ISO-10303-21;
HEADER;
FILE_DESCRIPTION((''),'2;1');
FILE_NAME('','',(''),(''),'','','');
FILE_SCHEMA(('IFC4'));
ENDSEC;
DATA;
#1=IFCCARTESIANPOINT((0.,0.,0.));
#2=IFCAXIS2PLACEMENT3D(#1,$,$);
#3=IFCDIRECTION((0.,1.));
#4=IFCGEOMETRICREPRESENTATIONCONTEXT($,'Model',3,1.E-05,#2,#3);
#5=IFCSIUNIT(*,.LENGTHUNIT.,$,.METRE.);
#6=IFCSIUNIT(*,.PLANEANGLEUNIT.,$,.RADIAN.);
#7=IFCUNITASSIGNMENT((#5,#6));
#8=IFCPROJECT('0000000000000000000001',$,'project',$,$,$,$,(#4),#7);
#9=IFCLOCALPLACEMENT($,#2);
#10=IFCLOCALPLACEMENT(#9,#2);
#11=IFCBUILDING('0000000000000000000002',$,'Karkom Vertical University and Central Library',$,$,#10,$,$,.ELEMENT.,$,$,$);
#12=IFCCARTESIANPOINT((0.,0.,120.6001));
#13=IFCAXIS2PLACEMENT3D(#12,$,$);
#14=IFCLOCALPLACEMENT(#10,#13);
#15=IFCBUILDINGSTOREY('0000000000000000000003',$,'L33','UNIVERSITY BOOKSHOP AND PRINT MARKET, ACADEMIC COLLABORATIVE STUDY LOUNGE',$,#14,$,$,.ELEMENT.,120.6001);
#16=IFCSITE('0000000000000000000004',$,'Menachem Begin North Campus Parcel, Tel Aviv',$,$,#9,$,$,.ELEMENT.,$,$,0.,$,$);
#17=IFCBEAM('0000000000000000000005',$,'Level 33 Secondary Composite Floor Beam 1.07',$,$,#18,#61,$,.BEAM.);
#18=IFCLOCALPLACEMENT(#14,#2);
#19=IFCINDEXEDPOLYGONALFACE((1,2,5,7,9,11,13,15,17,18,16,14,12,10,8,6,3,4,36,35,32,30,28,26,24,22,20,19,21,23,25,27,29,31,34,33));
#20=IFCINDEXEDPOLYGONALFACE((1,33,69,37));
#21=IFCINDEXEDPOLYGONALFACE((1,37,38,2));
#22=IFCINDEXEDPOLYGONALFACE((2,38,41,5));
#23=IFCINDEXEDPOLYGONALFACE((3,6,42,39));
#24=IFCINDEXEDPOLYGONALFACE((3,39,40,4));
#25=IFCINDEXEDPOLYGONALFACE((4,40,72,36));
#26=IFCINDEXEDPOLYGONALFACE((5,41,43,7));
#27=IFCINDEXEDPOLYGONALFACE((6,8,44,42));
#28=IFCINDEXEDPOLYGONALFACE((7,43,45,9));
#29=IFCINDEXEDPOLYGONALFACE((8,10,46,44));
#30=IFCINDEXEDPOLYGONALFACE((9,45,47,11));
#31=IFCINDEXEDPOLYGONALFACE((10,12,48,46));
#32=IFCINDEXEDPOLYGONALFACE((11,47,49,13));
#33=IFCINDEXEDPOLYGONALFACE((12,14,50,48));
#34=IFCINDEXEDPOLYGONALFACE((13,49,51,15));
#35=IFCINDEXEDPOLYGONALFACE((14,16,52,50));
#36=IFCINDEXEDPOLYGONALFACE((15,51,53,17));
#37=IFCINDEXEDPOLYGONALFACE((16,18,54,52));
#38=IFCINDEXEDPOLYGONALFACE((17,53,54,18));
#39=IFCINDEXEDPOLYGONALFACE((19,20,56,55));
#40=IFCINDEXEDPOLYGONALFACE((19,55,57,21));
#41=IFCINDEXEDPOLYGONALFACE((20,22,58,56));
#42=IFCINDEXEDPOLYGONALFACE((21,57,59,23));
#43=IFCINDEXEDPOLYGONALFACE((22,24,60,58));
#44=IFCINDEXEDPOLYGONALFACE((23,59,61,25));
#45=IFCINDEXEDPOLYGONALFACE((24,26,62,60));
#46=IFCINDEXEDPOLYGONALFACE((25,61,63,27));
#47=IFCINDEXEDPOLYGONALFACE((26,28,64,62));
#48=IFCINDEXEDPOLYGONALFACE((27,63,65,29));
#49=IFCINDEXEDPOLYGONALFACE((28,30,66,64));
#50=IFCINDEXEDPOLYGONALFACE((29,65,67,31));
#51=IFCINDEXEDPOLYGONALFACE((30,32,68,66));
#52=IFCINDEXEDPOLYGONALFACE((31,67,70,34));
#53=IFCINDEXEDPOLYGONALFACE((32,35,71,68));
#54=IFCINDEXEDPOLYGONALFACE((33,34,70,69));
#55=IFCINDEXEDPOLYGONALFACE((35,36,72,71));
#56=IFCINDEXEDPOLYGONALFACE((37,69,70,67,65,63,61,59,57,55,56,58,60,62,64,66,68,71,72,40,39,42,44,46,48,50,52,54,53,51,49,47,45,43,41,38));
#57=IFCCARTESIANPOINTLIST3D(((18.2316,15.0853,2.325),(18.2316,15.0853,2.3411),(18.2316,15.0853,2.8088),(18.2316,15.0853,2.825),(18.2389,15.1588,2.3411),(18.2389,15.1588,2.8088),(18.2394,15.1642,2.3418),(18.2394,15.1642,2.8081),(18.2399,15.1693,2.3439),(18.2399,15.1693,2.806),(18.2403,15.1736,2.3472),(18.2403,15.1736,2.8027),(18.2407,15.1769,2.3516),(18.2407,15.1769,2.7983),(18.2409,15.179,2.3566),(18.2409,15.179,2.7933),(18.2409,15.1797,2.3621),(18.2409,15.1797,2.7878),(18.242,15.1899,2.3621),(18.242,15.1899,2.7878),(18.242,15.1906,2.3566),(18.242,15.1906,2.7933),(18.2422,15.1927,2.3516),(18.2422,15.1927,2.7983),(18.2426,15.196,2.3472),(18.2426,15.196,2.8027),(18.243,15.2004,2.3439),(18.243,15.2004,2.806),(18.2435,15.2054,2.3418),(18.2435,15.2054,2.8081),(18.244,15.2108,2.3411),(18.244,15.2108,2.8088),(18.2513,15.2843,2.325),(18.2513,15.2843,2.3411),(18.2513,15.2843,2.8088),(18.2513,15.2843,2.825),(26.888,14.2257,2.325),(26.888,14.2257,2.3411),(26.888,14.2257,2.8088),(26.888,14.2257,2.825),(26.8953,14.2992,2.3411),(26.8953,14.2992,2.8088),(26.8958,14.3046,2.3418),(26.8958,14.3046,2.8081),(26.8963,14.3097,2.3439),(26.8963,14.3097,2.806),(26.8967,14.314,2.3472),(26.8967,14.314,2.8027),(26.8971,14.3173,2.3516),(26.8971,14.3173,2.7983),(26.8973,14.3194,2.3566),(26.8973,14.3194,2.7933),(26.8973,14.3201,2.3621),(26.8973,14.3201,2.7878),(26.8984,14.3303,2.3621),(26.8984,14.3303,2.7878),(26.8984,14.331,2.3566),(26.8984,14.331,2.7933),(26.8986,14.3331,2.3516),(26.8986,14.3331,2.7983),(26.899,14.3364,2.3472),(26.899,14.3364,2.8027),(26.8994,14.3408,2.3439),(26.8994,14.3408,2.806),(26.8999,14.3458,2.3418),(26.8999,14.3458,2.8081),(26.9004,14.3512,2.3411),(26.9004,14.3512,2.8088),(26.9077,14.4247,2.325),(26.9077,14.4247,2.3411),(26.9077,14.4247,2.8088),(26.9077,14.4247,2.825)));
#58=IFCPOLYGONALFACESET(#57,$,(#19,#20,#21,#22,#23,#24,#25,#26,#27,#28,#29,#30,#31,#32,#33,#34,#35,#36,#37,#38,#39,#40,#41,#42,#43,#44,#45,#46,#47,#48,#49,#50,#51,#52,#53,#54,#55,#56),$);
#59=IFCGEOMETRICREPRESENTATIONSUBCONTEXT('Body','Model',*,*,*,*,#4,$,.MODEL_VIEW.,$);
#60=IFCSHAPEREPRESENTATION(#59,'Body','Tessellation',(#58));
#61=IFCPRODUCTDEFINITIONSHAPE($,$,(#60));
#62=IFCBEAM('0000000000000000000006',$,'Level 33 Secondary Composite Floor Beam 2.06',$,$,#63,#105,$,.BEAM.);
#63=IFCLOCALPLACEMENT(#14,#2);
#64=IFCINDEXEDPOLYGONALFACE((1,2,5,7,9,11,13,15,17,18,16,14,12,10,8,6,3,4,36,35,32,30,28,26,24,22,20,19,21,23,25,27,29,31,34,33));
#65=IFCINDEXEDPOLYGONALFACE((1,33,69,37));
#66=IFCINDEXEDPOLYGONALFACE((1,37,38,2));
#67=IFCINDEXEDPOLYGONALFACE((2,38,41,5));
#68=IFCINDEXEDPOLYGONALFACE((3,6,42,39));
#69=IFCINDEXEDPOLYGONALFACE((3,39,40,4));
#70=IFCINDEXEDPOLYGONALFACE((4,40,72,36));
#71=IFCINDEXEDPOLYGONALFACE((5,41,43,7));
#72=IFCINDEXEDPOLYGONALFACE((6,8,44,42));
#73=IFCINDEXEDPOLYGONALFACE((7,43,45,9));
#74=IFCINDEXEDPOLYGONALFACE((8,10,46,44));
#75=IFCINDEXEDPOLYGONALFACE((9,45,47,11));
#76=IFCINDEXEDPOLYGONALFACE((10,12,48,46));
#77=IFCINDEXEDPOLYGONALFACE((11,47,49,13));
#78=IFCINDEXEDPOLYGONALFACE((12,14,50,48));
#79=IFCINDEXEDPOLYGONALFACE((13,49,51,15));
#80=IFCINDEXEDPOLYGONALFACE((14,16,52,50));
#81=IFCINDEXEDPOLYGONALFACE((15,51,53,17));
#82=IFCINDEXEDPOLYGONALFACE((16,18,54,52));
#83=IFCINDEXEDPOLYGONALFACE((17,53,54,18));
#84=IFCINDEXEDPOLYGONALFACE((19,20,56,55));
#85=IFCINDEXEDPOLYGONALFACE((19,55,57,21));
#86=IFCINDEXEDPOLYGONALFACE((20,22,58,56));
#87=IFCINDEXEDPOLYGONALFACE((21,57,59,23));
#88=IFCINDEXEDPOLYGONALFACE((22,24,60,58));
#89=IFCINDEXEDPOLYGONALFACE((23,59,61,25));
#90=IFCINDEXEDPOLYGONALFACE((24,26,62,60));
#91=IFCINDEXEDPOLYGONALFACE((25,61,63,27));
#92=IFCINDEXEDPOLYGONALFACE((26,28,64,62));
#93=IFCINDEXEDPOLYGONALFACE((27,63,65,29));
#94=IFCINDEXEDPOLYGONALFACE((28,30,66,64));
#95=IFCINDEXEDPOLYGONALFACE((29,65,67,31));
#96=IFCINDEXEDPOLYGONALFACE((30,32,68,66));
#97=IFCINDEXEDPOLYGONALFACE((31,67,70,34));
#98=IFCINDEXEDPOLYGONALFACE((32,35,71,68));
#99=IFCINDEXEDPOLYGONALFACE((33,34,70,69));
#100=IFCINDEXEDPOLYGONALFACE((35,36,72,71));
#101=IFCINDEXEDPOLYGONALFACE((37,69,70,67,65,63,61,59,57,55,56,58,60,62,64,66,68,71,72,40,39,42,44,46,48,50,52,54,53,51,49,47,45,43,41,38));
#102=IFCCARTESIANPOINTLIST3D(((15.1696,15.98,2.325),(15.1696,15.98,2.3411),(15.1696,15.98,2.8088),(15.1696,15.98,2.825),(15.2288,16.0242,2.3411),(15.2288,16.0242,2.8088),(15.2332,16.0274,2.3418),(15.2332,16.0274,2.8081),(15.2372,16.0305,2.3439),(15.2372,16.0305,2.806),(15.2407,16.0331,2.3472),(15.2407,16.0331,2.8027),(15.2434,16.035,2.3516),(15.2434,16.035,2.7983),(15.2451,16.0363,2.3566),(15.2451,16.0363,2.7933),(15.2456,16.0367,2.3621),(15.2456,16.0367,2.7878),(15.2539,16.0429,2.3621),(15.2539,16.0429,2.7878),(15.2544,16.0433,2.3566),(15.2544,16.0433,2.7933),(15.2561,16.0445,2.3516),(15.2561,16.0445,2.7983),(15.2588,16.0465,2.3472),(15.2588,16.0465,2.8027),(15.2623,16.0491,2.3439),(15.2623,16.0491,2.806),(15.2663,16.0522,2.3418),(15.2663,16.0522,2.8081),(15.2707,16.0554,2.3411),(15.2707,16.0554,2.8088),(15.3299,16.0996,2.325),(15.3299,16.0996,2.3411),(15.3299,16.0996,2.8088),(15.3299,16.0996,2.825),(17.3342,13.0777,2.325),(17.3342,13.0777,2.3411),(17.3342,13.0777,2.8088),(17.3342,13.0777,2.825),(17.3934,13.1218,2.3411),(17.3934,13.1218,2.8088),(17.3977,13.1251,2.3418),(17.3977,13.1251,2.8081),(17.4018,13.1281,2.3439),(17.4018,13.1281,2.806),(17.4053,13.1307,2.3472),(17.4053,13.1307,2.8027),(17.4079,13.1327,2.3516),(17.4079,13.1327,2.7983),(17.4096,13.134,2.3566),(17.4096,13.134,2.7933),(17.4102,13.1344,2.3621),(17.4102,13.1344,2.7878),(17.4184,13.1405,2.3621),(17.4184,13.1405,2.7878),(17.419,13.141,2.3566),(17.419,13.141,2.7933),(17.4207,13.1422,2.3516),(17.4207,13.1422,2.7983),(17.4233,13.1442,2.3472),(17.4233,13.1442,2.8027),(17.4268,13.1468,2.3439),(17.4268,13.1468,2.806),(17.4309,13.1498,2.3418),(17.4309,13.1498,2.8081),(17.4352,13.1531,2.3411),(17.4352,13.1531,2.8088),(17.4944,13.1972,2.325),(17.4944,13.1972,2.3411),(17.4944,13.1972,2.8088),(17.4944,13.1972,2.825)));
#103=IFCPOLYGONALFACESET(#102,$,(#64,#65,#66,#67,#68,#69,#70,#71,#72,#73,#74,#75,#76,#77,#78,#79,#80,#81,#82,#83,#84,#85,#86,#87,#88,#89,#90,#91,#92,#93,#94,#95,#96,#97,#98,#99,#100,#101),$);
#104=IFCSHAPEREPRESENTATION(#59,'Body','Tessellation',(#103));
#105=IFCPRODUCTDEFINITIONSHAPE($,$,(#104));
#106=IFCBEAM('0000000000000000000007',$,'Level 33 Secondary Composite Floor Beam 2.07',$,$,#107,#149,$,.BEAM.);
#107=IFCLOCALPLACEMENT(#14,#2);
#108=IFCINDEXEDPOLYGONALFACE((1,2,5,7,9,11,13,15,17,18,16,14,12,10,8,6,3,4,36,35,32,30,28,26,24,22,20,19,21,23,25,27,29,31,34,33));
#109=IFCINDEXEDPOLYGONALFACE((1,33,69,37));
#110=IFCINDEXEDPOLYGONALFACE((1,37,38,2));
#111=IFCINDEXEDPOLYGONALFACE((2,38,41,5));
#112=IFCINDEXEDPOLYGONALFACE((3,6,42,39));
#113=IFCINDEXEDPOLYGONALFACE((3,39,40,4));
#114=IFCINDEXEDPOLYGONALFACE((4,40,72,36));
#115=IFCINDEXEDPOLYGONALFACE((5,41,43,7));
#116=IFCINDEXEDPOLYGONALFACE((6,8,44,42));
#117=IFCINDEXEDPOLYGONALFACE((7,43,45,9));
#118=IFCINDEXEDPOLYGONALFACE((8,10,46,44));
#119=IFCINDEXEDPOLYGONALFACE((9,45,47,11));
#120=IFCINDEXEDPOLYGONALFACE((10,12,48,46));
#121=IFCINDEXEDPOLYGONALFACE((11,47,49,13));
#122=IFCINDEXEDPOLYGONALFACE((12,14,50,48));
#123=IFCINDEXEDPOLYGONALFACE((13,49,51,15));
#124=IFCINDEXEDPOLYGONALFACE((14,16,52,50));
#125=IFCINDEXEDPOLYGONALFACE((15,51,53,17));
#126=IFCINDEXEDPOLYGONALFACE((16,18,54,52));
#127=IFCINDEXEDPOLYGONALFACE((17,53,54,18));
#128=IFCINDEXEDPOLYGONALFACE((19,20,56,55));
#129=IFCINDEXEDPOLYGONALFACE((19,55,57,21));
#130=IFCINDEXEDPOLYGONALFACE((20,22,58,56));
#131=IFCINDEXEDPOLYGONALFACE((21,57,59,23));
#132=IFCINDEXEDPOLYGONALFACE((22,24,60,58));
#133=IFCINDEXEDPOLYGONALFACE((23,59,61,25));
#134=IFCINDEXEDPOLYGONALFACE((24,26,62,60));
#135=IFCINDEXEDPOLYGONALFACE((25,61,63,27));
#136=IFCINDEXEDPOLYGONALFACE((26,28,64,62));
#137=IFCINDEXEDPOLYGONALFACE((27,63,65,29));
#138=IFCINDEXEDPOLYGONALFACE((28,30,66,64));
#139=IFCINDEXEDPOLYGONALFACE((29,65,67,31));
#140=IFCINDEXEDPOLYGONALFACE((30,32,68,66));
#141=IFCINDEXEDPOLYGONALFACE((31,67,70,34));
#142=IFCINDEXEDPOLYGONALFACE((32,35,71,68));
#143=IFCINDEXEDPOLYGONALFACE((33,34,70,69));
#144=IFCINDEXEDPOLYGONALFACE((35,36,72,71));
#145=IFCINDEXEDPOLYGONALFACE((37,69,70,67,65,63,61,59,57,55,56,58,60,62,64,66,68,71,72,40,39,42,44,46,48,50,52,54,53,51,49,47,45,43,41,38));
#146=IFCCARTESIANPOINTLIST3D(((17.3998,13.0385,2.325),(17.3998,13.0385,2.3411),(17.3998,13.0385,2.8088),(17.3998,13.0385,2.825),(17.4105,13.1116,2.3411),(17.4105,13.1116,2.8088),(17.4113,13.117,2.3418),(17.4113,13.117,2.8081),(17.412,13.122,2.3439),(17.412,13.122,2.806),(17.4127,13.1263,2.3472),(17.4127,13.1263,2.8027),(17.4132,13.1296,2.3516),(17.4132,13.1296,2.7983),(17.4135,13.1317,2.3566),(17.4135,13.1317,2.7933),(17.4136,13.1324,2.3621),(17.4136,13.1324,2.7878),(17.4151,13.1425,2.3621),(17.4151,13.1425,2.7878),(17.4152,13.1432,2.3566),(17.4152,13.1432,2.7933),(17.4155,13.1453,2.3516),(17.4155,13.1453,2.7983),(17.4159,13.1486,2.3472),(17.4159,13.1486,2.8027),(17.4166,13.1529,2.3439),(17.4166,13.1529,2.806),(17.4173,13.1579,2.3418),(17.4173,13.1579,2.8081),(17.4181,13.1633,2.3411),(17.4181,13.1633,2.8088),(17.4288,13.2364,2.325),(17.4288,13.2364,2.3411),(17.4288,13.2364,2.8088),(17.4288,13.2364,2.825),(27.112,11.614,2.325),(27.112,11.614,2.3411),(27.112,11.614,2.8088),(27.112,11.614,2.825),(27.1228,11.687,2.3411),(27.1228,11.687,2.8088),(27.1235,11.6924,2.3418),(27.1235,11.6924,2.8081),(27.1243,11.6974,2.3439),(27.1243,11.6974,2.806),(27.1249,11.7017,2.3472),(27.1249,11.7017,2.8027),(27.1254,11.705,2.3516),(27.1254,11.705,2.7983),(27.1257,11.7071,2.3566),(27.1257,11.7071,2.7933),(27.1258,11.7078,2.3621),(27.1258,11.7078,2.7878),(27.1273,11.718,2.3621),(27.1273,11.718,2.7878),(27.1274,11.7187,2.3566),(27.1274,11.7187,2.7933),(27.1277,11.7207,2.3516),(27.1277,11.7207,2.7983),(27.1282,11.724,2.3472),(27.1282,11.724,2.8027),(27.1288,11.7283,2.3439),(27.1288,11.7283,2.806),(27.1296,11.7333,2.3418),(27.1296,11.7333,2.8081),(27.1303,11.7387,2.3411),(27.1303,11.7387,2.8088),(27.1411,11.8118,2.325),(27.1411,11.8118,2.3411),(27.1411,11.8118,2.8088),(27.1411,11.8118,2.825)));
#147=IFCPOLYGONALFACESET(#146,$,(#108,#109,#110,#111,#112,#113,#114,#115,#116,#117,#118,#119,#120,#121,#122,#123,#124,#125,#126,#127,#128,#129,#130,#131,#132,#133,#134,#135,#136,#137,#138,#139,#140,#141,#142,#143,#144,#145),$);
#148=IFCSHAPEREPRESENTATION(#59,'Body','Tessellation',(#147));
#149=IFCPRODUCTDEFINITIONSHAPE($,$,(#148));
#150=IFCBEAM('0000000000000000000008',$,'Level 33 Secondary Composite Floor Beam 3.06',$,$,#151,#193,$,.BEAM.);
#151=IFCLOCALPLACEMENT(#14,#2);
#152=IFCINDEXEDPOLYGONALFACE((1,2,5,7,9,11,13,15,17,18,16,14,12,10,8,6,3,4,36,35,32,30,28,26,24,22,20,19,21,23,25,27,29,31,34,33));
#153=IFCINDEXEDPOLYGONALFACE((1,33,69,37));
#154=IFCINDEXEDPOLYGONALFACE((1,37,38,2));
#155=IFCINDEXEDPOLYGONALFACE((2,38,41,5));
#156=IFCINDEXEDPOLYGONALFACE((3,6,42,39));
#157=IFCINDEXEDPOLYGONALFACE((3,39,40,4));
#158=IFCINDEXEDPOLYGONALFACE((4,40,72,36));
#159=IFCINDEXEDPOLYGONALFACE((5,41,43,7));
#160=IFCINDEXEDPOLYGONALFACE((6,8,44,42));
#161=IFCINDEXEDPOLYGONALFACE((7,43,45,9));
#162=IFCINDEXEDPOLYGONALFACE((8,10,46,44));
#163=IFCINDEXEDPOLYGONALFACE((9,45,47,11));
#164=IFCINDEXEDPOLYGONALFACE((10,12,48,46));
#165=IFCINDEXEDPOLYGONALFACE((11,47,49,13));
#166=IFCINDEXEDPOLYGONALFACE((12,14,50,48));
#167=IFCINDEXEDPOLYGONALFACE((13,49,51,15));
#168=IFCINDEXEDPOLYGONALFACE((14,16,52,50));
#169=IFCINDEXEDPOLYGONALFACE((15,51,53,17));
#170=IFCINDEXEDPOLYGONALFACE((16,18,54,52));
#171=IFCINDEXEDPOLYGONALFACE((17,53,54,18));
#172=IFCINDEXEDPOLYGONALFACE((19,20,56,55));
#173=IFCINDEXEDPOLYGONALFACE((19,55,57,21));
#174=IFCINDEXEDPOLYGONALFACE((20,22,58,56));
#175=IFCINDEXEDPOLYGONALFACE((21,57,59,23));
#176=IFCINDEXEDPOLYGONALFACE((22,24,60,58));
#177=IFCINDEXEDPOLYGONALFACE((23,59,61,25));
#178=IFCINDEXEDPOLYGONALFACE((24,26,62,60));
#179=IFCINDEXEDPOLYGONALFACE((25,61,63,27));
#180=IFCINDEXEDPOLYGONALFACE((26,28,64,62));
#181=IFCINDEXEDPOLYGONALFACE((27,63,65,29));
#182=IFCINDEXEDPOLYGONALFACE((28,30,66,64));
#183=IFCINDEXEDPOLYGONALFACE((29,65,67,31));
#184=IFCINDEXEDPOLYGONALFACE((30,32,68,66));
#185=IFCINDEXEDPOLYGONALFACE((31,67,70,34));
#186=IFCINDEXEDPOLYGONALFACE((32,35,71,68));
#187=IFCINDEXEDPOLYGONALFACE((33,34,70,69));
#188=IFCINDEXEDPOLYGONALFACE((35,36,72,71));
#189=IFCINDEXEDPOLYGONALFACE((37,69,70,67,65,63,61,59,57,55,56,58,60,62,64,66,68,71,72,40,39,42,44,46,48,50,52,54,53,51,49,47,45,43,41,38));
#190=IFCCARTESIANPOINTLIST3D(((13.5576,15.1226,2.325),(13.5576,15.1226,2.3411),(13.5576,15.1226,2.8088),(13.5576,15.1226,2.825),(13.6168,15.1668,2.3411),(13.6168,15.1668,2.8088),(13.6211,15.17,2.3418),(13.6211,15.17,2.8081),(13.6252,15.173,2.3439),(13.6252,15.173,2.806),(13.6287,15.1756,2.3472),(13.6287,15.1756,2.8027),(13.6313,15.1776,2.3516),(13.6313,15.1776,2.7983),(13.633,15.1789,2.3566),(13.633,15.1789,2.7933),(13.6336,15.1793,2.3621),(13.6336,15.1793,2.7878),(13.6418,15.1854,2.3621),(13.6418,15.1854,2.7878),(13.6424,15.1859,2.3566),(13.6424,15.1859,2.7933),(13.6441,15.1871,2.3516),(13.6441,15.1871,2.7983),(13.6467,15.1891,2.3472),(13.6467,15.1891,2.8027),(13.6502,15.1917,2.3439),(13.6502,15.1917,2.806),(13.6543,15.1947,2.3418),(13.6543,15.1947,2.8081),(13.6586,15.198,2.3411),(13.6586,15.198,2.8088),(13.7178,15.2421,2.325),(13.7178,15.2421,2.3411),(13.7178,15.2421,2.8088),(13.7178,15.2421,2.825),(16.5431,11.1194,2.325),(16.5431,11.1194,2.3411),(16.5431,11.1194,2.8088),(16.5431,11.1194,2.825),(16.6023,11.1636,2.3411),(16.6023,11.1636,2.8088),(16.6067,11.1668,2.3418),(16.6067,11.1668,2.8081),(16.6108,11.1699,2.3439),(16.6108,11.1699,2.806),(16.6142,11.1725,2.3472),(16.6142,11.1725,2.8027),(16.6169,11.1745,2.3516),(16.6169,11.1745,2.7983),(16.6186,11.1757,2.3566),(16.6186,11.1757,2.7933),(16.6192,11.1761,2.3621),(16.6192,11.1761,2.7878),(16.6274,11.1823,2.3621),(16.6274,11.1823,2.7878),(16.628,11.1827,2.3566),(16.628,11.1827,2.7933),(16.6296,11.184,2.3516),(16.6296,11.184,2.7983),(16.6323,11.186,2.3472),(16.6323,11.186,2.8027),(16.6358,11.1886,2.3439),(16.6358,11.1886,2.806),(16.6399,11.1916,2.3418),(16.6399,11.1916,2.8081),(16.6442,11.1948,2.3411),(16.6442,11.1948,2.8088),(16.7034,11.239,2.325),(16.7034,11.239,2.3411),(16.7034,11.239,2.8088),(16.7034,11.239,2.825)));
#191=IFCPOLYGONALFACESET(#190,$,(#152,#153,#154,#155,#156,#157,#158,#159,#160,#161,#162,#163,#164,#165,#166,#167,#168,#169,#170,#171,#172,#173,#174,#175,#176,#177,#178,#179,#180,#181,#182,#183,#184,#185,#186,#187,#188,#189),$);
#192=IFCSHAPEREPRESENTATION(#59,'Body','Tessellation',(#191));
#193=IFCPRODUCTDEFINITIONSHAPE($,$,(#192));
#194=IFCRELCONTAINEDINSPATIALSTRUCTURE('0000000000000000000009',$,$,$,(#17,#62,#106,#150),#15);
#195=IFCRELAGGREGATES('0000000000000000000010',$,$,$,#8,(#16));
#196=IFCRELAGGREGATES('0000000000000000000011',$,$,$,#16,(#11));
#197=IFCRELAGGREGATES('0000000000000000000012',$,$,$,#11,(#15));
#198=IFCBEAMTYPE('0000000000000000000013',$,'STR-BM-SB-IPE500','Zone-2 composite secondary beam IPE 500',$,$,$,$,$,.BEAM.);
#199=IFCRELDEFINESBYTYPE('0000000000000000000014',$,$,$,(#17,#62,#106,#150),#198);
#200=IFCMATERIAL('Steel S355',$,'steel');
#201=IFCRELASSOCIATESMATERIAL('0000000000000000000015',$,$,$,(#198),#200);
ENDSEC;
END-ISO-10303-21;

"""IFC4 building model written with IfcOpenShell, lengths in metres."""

from ifc_helpers import new_model, si_unit, direction, frame, origin, origin_with_axes, origin_2d, place, context, subcontext, project, spatial, i_section, extrude, source, transform, mapped, material, material_profile, profile_set, type_object, element, save


model = new_model("IFC4")

# Units and contexts
model_context = context("Model", 3, precision=1e-05, world=origin(), true_north=direction((0.0, 1.0)))
body_context = subcontext(model_context, "Body", "Model", "MODEL_VIEW")
ifc_project = project(units=[si_unit("LENGTHUNIT", "METRE"), si_unit("PLANEANGLEUNIT", "RADIAN")], contexts=[model_context])

# Site, building, storey
site_placement = place(None, origin())
site = spatial("IfcSite", under=ifc_project, at=site_placement, Name="Menachem Begin North Campus Parcel, Tel Aviv", CompositionType="ELEMENT", RefElevation=0.0)
building_placement = place(site_placement, origin())
building = spatial("IfcBuilding", under=site, at=building_placement, Name="Karkom Vertical University and Central Library", CompositionType="ELEMENT")
storey_placement = place(building_placement, frame((0.0, 0.0, 120.6001)))
storey = spatial("IfcBuildingStorey", under=building, at=storey_placement, Name="L33", Description="UNIVERSITY BOOKSHOP AND PRINT MARKET, ACADEMIC COLLABORATIVE STUDY LOUNGE", CompositionType="ELEMENT", Elevation=120.6001)

# Beams
ifc_material_1 = material(Name="Steel S355", Category="steel")
ifc_material_profile_1 = material_profile(ifc_material_1, i_section(OverallWidth=0.2, OverallDepth=0.5, WebThickness=0.0103, FlangeThickness=0.0161, FilletRadius=0.021, at=origin_2d()), Name="IPE 500")
ifc_profile_set_1 = profile_set([ifc_material_profile_1], Name="Steel S355")
beam_type_1 = type_object("IfcBeamType", Name="STR-BM-SB-IPE500", Description="Zone-2 composite secondary beam IPE 500", PredefinedType="BEAM", material=ifc_profile_set_1)
shared_shape_1 = source(origin_with_axes(), body_context, "Body", "SweptSolid", [
    extrude(i_section(OverallWidth=0.2, OverallDepth=0.5, WebThickness=0.0103, FlangeThickness=0.0161, FilletRadius=0.021, at=origin_2d()), origin(), (0.0, 0.0, 1.0), 8.699),
])
beam_1_placement = place(storey_placement, frame((18.2415, 15.1848, 2.575), z_axis=(0.995106, -0.098817, 0.0), x_axis=(0.098817, 0.995106, 0.0)))
element("IfcBeam", 1, at=beam_1_placement, inside=storey, type_object=beam_type_1, Name="Level 33 Secondary Composite Floor Beam 1.07", PredefinedType="BEAM", context=body_context, shape_type="MappedRepresentation", body=[
    mapped(shared_shape_1, transform((0.0, 0.0, 0.0), scale=1.0)),
])
shared_shape_2 = source(origin_with_axes(), body_context, "Body", "SweptSolid", [
    extrude(i_section(OverallWidth=0.2, OverallDepth=0.5, WebThickness=0.0103, FlangeThickness=0.0161, FilletRadius=0.021, at=origin_2d()), origin(), (0.0, 0.0, 1.0), 3.6206),
])
beam_2_placement = place(storey_placement, frame((15.2498, 16.0398, 2.575), z_axis=(0.59784, -0.801615, 0.0), x_axis=(0.801615, 0.59784, 0.0)))
element("IfcBeam", 2, at=beam_2_placement, inside=storey, type_object=beam_type_1, Name="Level 33 Secondary Composite Floor Beam 2.06", PredefinedType="BEAM", context=body_context, shape_type="MappedRepresentation", body=[
    mapped(shared_shape_2, transform((0.0, 0.0, 0.0), scale=1.0)),
])
shared_shape_3 = source(origin_with_axes(), body_context, "Body", "SweptSolid", [
    extrude(i_section(OverallWidth=0.2, OverallDepth=0.5, WebThickness=0.0103, FlangeThickness=0.0161, FilletRadius=0.021, at=origin_2d()), origin(), (0.0, 0.0, 1.0), 9.8162),
])
beam_3_placement = place(storey_placement, frame((17.4143, 13.1375, 2.575), z_axis=(0.989413, -0.145125, 0.0), x_axis=(0.145125, 0.989413, 0.0)))
element("IfcBeam", 3, at=beam_3_placement, inside=storey, type_object=beam_type_1, Name="Level 33 Secondary Composite Floor Beam 2.07", PredefinedType="BEAM", context=body_context, shape_type="MappedRepresentation", body=[
    mapped(shared_shape_3, transform((0.0, 0.0, 0.0), scale=1.0)),
])
shared_shape_4 = source(origin_with_axes(), body_context, "Body", "SweptSolid", [
    extrude(i_section(OverallWidth=0.2, OverallDepth=0.5, WebThickness=0.0103, FlangeThickness=0.0161, FilletRadius=0.021, at=origin_2d()), origin(), (0.0, 0.0, 1.0), 4.9939),
])
beam_4_placement = place(storey_placement, frame((13.6377, 15.1824, 2.575), z_axis=(0.597847, -0.80161, 0.0), x_axis=(0.80161, 0.597847, 0.0)))
element("IfcBeam", 4, at=beam_4_placement, inside=storey, type_object=beam_type_1, Name="Level 33 Secondary Composite Floor Beam 3.06", PredefinedType="BEAM", context=body_context, shape_type="MappedRepresentation", body=[
    mapped(shared_shape_4, transform((0.0, 0.0, 0.0), scale=1.0)),
])

save(model, "model.ifc")
